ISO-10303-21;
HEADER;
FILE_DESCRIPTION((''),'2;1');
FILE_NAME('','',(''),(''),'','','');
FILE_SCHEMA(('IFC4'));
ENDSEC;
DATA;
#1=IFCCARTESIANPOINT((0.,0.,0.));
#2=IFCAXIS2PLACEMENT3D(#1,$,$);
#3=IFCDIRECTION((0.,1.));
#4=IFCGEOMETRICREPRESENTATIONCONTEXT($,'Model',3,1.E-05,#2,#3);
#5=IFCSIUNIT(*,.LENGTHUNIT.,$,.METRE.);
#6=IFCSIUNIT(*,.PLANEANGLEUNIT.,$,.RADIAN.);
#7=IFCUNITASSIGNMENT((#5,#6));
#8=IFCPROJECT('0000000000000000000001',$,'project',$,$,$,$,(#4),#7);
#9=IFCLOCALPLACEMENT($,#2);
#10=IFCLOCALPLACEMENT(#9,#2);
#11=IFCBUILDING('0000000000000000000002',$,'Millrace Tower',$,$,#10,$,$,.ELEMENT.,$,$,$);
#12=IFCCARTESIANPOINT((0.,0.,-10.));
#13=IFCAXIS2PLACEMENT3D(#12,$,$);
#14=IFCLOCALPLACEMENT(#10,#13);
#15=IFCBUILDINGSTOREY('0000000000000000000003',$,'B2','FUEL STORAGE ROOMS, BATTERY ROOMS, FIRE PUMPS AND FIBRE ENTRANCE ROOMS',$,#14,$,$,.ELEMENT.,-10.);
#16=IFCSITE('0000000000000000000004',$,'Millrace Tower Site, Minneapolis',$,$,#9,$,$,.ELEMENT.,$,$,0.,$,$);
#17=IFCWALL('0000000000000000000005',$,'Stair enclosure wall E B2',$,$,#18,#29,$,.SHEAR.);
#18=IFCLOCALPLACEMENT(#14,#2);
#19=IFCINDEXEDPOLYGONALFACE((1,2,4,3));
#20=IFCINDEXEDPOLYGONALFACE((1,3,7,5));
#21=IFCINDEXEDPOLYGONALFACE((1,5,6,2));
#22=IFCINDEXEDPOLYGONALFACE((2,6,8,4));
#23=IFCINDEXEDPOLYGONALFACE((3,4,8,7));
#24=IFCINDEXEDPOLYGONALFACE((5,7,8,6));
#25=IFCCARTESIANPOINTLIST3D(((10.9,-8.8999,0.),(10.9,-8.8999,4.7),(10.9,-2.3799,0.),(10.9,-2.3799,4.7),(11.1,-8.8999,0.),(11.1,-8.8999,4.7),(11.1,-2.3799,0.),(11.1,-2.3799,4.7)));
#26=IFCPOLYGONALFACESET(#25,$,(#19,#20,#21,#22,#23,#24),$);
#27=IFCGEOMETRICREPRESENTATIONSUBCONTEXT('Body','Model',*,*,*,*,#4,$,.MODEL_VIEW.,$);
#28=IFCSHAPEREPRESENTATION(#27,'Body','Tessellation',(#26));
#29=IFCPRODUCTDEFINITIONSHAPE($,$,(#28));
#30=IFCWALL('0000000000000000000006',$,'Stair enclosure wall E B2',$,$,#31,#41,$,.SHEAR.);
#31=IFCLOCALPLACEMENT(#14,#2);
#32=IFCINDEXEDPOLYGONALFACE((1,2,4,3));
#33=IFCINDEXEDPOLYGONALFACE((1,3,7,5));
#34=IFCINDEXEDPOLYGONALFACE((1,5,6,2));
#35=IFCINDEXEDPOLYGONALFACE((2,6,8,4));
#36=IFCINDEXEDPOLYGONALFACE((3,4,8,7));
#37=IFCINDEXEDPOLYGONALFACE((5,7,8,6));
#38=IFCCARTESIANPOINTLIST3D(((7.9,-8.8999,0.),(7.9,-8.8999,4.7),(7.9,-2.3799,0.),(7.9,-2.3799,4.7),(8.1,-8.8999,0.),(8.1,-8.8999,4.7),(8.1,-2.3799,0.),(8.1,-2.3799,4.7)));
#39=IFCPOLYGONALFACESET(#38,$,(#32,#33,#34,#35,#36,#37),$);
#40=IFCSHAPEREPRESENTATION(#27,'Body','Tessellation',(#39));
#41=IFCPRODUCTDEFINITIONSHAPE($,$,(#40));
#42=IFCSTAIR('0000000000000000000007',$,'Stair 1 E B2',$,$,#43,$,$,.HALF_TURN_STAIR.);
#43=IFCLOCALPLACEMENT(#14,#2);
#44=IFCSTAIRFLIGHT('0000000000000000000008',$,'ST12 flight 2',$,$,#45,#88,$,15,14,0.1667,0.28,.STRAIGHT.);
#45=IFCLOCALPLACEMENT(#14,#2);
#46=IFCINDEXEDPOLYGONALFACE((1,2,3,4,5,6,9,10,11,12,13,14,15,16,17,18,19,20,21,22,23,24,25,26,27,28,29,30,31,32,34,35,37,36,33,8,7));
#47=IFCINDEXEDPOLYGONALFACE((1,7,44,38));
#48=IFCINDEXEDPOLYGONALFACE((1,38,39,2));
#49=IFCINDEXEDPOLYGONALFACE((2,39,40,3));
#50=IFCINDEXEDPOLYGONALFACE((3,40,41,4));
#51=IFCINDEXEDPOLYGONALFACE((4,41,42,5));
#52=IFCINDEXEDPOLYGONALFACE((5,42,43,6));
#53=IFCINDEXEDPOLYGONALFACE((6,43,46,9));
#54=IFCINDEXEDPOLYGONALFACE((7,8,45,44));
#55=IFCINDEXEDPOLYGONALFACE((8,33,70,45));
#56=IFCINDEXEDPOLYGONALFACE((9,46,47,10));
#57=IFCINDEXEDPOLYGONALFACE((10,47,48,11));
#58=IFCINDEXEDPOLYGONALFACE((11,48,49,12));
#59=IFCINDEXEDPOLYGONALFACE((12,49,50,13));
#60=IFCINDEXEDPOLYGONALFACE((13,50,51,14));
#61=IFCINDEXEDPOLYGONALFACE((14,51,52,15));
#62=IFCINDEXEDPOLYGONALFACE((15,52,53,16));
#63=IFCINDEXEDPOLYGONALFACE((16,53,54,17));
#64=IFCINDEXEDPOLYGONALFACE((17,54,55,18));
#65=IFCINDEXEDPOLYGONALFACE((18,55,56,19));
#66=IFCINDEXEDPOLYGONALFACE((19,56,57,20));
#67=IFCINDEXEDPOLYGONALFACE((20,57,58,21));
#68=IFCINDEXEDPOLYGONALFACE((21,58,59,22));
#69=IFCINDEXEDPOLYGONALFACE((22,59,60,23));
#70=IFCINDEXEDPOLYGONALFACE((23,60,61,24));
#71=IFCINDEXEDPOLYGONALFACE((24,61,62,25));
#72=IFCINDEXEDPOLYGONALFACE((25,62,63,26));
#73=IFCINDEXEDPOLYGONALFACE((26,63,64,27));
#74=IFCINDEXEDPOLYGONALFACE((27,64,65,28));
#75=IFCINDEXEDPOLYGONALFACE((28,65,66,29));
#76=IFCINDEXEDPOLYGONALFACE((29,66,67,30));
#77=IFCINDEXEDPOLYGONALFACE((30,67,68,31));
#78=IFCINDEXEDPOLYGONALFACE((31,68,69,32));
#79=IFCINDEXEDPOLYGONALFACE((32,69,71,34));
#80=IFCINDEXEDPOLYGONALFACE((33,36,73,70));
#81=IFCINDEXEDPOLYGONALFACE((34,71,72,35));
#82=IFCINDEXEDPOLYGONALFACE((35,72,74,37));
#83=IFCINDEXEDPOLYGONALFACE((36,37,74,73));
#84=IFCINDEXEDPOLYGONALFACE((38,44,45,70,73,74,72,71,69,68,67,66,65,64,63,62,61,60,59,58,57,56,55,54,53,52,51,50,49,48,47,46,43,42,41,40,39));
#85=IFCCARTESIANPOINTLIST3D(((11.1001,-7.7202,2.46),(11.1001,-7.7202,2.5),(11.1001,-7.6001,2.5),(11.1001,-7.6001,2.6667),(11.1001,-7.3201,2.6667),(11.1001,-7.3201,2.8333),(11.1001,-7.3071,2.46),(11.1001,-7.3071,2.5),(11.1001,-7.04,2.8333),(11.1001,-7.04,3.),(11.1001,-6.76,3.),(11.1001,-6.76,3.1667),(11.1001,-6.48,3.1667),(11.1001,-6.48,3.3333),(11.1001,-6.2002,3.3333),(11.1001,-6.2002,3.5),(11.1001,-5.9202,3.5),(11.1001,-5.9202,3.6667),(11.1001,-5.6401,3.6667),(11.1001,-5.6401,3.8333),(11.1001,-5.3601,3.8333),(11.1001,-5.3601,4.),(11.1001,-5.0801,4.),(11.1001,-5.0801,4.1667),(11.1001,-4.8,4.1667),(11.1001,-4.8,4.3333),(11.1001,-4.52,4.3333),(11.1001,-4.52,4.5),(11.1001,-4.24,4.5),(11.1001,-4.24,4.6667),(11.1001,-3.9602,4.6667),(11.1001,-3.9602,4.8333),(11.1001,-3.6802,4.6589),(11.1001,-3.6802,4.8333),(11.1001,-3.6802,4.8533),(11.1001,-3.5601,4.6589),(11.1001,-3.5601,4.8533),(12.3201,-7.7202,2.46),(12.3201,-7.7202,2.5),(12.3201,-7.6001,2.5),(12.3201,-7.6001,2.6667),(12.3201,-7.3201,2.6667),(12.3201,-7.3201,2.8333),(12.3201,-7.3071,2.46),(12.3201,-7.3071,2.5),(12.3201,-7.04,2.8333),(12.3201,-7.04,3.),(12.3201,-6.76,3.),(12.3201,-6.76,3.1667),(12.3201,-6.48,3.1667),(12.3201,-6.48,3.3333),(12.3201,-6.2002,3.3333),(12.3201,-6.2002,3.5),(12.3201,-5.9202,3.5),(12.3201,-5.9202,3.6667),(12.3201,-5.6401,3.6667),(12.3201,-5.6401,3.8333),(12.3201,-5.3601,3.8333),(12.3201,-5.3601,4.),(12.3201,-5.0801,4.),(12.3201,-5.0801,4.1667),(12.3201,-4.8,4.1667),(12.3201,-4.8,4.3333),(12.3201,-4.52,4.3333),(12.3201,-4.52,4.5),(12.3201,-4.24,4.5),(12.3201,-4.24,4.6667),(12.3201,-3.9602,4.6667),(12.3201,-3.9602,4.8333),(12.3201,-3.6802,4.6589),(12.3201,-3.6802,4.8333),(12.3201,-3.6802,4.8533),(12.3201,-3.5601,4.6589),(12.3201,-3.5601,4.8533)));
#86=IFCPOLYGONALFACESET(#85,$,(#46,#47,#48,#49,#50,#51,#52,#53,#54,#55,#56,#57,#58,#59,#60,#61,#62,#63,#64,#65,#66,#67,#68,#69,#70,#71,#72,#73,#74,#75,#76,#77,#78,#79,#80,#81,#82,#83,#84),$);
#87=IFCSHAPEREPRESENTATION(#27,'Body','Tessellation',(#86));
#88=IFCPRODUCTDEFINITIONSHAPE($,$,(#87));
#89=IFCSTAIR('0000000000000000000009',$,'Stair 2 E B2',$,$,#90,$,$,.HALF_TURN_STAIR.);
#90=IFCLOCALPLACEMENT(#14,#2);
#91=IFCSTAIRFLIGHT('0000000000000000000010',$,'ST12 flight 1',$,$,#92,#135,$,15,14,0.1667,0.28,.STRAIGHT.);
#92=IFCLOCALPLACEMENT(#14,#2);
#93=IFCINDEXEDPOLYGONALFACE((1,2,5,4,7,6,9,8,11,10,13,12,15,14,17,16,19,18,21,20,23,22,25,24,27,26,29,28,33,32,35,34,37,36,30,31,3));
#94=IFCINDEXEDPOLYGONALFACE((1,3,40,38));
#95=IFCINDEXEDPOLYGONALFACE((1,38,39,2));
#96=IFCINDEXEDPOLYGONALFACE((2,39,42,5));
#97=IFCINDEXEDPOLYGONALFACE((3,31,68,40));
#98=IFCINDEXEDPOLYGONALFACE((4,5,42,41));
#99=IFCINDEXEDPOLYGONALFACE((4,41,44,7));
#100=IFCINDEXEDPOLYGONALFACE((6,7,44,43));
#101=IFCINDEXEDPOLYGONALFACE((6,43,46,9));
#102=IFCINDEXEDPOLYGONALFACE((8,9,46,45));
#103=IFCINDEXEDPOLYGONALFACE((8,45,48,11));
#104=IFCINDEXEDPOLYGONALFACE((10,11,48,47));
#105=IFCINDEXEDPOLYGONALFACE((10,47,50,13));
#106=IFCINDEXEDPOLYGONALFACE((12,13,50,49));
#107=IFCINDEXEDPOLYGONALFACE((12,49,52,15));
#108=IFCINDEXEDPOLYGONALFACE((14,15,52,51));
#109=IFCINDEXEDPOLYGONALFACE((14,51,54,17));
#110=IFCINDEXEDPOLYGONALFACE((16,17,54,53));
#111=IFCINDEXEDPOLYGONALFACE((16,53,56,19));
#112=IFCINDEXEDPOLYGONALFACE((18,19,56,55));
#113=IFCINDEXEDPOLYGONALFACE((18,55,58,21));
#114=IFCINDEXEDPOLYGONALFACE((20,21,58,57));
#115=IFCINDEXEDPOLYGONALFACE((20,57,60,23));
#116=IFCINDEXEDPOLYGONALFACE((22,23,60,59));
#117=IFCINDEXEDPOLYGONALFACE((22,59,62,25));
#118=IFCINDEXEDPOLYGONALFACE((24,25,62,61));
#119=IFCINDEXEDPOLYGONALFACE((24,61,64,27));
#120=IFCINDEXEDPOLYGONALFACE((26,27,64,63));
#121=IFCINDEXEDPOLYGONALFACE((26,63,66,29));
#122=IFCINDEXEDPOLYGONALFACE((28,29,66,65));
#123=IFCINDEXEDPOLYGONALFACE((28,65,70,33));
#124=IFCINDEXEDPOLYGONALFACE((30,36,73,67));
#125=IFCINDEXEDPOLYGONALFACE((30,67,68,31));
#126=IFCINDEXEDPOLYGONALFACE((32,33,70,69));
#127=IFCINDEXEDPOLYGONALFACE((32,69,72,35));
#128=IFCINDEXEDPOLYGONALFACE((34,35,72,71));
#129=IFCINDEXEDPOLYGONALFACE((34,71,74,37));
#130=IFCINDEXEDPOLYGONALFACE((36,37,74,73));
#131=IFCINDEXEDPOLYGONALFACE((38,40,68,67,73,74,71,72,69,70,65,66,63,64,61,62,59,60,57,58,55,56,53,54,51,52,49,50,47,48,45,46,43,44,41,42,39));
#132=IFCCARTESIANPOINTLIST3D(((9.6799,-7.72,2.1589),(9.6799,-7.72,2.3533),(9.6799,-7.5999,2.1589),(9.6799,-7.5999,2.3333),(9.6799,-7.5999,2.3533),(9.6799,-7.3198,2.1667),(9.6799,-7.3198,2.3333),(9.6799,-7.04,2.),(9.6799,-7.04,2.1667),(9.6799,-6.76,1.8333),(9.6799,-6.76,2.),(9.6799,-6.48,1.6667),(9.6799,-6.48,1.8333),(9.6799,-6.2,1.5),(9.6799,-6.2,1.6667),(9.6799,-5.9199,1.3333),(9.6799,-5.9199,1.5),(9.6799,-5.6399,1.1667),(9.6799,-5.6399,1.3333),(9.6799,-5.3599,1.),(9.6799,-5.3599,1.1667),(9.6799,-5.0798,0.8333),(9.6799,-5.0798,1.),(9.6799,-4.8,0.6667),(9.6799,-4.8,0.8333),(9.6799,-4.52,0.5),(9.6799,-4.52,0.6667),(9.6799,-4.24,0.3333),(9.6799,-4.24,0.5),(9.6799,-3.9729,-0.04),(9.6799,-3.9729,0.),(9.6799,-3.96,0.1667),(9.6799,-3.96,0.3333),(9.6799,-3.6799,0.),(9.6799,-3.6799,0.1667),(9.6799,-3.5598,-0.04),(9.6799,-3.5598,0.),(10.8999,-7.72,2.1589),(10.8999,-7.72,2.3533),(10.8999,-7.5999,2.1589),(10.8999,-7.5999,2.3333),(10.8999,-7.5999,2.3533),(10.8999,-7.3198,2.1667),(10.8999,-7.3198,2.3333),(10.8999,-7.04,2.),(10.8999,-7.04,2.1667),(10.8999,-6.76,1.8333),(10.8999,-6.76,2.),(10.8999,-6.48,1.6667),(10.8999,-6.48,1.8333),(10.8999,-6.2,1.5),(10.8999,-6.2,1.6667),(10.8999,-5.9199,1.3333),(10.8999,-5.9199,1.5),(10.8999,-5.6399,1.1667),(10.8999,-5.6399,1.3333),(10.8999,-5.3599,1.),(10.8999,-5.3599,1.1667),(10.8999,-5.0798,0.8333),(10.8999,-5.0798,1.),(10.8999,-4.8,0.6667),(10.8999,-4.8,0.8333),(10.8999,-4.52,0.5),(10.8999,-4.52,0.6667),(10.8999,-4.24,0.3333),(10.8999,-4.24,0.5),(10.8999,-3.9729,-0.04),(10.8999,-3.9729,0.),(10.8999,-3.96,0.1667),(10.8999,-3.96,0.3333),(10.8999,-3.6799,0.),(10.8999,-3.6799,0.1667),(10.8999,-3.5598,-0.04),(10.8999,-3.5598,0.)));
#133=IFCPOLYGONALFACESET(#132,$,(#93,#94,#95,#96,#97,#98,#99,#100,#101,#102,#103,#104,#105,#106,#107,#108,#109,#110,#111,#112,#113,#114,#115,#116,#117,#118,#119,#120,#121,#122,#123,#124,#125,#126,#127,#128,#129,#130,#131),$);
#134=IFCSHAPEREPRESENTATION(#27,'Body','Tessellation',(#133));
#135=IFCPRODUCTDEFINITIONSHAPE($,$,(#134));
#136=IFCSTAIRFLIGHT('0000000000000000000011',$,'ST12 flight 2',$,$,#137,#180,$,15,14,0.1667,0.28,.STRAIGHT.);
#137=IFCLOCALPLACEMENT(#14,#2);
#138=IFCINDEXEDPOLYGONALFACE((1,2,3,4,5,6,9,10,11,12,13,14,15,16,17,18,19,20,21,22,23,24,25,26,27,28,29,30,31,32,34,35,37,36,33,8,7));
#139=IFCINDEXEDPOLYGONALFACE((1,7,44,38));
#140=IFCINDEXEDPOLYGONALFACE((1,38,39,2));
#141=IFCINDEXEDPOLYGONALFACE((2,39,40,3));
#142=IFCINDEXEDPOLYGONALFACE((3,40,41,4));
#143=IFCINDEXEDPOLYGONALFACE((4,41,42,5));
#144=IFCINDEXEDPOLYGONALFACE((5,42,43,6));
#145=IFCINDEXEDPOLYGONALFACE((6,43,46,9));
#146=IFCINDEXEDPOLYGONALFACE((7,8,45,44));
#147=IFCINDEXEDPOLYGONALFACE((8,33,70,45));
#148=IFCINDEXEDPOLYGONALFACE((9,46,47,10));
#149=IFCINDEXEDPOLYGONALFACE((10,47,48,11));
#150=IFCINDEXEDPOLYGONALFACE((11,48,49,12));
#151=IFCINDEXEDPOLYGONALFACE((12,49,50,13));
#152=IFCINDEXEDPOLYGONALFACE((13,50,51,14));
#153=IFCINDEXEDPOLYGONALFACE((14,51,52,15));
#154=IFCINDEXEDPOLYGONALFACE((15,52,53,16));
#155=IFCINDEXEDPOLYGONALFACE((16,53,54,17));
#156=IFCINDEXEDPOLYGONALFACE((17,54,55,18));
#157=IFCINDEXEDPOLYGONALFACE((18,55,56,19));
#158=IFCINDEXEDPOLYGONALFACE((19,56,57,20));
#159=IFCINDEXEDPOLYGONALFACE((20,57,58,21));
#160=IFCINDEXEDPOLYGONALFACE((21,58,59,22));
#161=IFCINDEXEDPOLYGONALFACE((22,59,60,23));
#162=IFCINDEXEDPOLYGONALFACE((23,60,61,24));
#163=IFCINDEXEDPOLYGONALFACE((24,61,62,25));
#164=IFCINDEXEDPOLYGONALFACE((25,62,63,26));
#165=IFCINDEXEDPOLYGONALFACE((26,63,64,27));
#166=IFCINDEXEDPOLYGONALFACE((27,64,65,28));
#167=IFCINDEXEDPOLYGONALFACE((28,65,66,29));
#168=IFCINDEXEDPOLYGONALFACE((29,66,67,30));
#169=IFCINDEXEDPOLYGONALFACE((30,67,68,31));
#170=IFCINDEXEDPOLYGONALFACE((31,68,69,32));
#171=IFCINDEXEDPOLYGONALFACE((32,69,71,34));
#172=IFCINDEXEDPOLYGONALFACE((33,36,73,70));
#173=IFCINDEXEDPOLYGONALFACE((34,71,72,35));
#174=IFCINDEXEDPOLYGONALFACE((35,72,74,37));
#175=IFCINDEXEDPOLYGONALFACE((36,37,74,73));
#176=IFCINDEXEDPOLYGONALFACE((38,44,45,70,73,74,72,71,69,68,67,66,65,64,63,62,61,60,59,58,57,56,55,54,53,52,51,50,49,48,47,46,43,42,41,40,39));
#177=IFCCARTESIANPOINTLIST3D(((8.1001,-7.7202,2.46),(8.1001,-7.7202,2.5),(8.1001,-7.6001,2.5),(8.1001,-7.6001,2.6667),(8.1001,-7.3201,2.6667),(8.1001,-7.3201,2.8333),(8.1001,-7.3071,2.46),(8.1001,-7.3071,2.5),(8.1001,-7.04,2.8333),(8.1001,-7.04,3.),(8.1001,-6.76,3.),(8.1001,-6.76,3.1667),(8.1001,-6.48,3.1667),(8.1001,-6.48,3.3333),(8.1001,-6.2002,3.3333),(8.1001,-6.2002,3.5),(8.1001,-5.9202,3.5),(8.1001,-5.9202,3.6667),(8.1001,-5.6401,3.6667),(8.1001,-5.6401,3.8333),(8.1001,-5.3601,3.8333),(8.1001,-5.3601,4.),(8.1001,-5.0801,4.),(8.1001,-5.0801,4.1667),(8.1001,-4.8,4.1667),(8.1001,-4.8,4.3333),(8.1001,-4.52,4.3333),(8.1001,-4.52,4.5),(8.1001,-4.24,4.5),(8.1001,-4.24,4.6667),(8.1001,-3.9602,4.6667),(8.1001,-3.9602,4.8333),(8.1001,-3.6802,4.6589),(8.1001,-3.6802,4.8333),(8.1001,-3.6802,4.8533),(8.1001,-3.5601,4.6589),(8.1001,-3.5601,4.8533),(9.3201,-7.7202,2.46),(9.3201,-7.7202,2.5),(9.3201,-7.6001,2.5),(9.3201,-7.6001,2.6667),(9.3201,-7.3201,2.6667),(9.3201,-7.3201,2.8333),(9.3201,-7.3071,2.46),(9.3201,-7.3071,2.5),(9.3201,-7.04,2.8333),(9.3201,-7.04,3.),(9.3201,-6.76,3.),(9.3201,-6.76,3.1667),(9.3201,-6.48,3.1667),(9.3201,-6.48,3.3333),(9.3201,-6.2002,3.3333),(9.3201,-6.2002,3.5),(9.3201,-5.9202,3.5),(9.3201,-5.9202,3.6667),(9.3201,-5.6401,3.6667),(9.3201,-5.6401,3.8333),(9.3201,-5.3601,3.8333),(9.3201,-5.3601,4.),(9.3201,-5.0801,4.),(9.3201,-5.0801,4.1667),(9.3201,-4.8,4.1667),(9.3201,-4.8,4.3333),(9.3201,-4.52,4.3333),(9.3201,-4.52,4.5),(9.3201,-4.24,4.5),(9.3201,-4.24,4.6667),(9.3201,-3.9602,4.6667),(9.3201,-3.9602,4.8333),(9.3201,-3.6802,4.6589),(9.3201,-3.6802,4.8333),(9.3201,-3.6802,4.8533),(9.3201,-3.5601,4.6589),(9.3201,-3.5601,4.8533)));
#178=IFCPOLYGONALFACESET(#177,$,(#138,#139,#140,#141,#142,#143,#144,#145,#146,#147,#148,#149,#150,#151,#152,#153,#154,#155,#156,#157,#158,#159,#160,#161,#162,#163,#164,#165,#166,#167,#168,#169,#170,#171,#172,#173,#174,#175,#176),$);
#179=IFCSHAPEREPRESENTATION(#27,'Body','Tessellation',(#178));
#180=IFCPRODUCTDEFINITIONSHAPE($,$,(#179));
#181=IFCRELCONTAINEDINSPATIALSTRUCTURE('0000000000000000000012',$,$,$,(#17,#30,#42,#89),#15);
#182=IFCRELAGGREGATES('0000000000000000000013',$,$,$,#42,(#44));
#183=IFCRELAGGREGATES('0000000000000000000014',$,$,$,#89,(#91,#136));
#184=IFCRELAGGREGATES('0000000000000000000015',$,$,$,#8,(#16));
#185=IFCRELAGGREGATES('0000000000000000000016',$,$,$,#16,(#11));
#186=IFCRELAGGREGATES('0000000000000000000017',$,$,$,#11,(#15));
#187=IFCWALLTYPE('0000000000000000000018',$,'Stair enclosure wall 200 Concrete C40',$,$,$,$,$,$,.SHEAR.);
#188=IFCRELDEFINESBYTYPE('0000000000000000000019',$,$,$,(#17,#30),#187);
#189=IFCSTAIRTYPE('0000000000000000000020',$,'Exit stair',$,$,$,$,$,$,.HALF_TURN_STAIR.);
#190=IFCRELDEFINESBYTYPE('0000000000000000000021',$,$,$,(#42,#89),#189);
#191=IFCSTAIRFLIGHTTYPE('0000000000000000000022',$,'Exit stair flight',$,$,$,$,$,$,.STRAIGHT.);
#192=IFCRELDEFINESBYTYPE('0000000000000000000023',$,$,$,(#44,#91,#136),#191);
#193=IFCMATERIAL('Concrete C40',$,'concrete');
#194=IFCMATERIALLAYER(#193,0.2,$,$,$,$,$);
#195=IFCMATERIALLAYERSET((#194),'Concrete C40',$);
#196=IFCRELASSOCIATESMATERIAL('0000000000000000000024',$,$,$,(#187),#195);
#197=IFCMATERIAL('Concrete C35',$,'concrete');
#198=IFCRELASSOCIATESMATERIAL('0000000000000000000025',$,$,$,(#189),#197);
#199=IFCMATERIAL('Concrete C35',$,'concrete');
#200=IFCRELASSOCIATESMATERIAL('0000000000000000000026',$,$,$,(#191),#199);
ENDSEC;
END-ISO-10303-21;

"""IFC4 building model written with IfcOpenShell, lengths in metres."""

from ifc_helpers import new_model, si_unit, direction, frame, frame_2d, origin, place, context, subcontext, project, spatial, polyline, rectangle, outline, extrude, material, layer, layer_set, type_object, element, aggregate, save


model = new_model("IFC4")

# Units and contexts
model_context = context("Model", 3, precision=1e-05, world=origin(), true_north=direction((0.0, 1.0)))
body_context = subcontext(model_context, "Body", "Model", "MODEL_VIEW")
ifc_project = project(units=[si_unit("LENGTHUNIT", "METRE"), si_unit("PLANEANGLEUNIT", "RADIAN")], contexts=[model_context])

# Site, building, storey
site_placement = place(None, origin())
site = spatial("IfcSite", under=ifc_project, at=site_placement, Name="Millrace Tower Site, Minneapolis", CompositionType="ELEMENT", RefElevation=0.0)
building_placement = place(site_placement, origin())
building = spatial("IfcBuilding", under=site, at=building_placement, Name="Millrace Tower", CompositionType="ELEMENT")
storey_placement = place(building_placement, frame((0.0, 0.0, -10.0)))
storey = spatial("IfcBuildingStorey", under=building, at=storey_placement, Name="B2", Description="FUEL STORAGE ROOMS, BATTERY ROOMS, FIRE PUMPS AND FIBRE ENTRANCE ROOMS", CompositionType="ELEMENT", Elevation=-10.0)

# Walls
ifc_material_1 = material(Name="Concrete C40", Category="concrete")
ifc_layer_1 = layer(ifc_material_1, 0.2)
ifc_layer_set_1 = layer_set([ifc_layer_1], Name="Concrete C40")
wall_type_1 = type_object("IfcWallType", Name="Stair enclosure wall 200 Concrete C40", PredefinedType="SHEAR", material=ifc_layer_set_1)
for number, where, z_axis, x_axis, name in (
    (1, (11.0, -2.3799, 0.0), (0.0, 0.0, 1.0), (0.0, -1.0, 0.0), "Stair enclosure wall E B2"),
    (2, (8.0, -2.3799, 0.0), (0.0, 0.0, 1.0), (0.0, -1.0, 0.0), "Stair enclosure wall E B2"),
):
    element("IfcWall", number, at=place(storey_placement, frame(where, z_axis=z_axis, x_axis=x_axis)), inside=storey, type_object=wall_type_1, Name=name, PredefinedType="SHEAR", context=body_context, shape_type="SweptSolid", body=[
        extrude(rectangle(XDim=6.52, YDim=0.2, at=frame_2d((3.26, 0.0))), origin(), (0.0, 0.0, 1.0), 4.7),
    ])

# Stair, stair flight
ifc_material_2 = material(Name="Concrete C35", Category="concrete")
stair_type = type_object("IfcStairType", Name="Exit stair", PredefinedType="HALF_TURN_STAIR", material=ifc_material_2)
placement_1 = place(storey_placement, origin())
stair_1 = element("IfcStair", 3, at=placement_1, inside=storey, type_object=stair_type, Name="Stair 1 E B2", PredefinedType="HALF_TURN_STAIR")
ifc_material_3 = material(Name="Concrete C35", Category="concrete")
stair_flight_type = type_object("IfcStairFlightType", Name="Exit stair flight", PredefinedType="STRAIGHT", material=ifc_material_3)
stair_flight_1_placement = place(storey_placement, frame((11.71, -7.6001, 2.5), z_axis=(0.0, 0.0, 1.0), x_axis=(0.0, 1.0, 0.0)))
stair_flight_1 = element("IfcStairFlight", 4, at=stair_flight_1_placement, type_object=stair_flight_type, Name="ST12 flight 2", NumberOfRisers=15, NumberOfTreads=14, PredefinedType="STRAIGHT", RiserHeight=0.1667, TreadLength=0.28, context=body_context, shape_type="SweptSolid", body=[
    extrude(outline(polyline([(-0.1201, -0.04), (-0.1201, 0.0), (0.0, 0.0), (0.0, 0.1667), (0.28, 0.1667), (0.28, 0.3333), (0.5601, 0.3333), (0.5601, 0.5), (0.8401, 0.5), (0.8401, 0.6667), (1.1201, 0.6667), (1.1201, 0.8333), (1.3999, 0.8333), (1.3999, 1.0), (1.6799, 1.0), (1.6799, 1.1667), (1.96, 1.1667), (1.96, 1.3333), (2.24, 1.3333), (2.24, 1.5), (2.52, 1.5), (2.52, 1.6667), (2.8, 1.6667), (2.8, 1.8333), (3.0801, 1.8333), (3.0801, 2.0), (3.3601, 2.0), (3.3601, 2.1667), (3.6399, 2.1667), (3.6399, 2.3333), (3.9199, 2.3333), (3.9199, 2.3533), (4.04, 2.3533), (4.04, 2.1589), (3.9199, 2.1589), (0.293, 0.0), (0.293, -0.04), (-0.1201, -0.04)])), frame((0.0, 0.6099, 0.0), z_axis=(0.0, -1.0, 0.0), x_axis=(1.0, 0.0, 0.0)), (0.0, 0.0, 1.0), 1.22),
])
aggregate(stair_1, [stair_flight_1])

# Stair, stair flights
stair_2 = element("IfcStair", 5, at=placement_1, inside=storey, type_object=stair_type, Name="Stair 2 E B2", PredefinedType="HALF_TURN_STAIR")
stair_flight_2_placement = place(storey_placement, frame((10.29, -3.6799, 0.0), z_axis=(0.0, 0.0, 1.0), x_axis=(0.0, -1.0, 0.0)))
stair_flight_2 = element("IfcStairFlight", 6, at=stair_flight_2_placement, type_object=stair_flight_type, Name="ST12 flight 1", NumberOfRisers=15, NumberOfTreads=14, PredefinedType="STRAIGHT", RiserHeight=0.1667, TreadLength=0.28, context=body_context, shape_type="SweptSolid", body=[
    extrude(outline(polyline([(-0.1201, -0.04), (-0.1201, 0.0), (0.0, 0.0), (0.0, 0.1667), (0.28, 0.1667), (0.28, 0.3333), (0.5601, 0.3333), (0.5601, 0.5), (0.8401, 0.5), (0.8401, 0.6667), (1.1201, 0.6667), (1.1201, 0.8333), (1.3999, 0.8333), (1.3999, 1.0), (1.6799, 1.0), (1.6799, 1.1667), (1.96, 1.1667), (1.96, 1.3333), (2.24, 1.3333), (2.24, 1.5), (2.52, 1.5), (2.52, 1.6667), (2.8, 1.6667), (2.8, 1.8333), (3.0801, 1.8333), (3.0801, 2.0), (3.3601, 2.0), (3.3601, 2.1667), (3.6399, 2.1667), (3.6399, 2.3333), (3.9199, 2.3333), (3.9199, 2.3533), (4.04, 2.3533), (4.04, 2.1589), (3.9199, 2.1589), (0.293, 0.0), (0.293, -0.04), (-0.1201, -0.04)])), frame((0.0, 0.6099, 0.0), z_axis=(0.0, -1.0, 0.0), x_axis=(1.0, 0.0, 0.0)), (0.0, 0.0, 1.0), 1.22),
])
stair_flight_3_placement = place(storey_placement, frame((8.71, -7.6001, 2.5), z_axis=(0.0, 0.0, 1.0), x_axis=(0.0, 1.0, 0.0)))
stair_flight_3 = element("IfcStairFlight", 7, at=stair_flight_3_placement, type_object=stair_flight_type, Name="ST12 flight 2", NumberOfRisers=15, NumberOfTreads=14, PredefinedType="STRAIGHT", RiserHeight=0.1667, TreadLength=0.28, context=body_context, shape_type="SweptSolid", body=[
    extrude(outline(polyline([(-0.1201, -0.04), (-0.1201, 0.0), (0.0, 0.0), (0.0, 0.1667), (0.28, 0.1667), (0.28, 0.3333), (0.5601, 0.3333), (0.5601, 0.5), (0.8401, 0.5), (0.8401, 0.6667), (1.1201, 0.6667), (1.1201, 0.8333), (1.3999, 0.8333), (1.3999, 1.0), (1.6799, 1.0), (1.6799, 1.1667), (1.96, 1.1667), (1.96, 1.3333), (2.24, 1.3333), (2.24, 1.5), (2.52, 1.5), (2.52, 1.6667), (2.8, 1.6667), (2.8, 1.8333), (3.0801, 1.8333), (3.0801, 2.0), (3.3601, 2.0), (3.3601, 2.1667), (3.6399, 2.1667), (3.6399, 2.3333), (3.9199, 2.3333), (3.9199, 2.3533), (4.04, 2.3533), (4.04, 2.1589), (3.9199, 2.1589), (0.293, 0.0), (0.293, -0.04), (-0.1201, -0.04)])), frame((0.0, 0.6099, 0.0), z_axis=(0.0, -1.0, 0.0), x_axis=(1.0, 0.0, 0.0)), (0.0, 0.0, 1.0), 1.22),
])
aggregate(stair_2, [stair_flight_2, stair_flight_3])

save(model, "model.ifc")
